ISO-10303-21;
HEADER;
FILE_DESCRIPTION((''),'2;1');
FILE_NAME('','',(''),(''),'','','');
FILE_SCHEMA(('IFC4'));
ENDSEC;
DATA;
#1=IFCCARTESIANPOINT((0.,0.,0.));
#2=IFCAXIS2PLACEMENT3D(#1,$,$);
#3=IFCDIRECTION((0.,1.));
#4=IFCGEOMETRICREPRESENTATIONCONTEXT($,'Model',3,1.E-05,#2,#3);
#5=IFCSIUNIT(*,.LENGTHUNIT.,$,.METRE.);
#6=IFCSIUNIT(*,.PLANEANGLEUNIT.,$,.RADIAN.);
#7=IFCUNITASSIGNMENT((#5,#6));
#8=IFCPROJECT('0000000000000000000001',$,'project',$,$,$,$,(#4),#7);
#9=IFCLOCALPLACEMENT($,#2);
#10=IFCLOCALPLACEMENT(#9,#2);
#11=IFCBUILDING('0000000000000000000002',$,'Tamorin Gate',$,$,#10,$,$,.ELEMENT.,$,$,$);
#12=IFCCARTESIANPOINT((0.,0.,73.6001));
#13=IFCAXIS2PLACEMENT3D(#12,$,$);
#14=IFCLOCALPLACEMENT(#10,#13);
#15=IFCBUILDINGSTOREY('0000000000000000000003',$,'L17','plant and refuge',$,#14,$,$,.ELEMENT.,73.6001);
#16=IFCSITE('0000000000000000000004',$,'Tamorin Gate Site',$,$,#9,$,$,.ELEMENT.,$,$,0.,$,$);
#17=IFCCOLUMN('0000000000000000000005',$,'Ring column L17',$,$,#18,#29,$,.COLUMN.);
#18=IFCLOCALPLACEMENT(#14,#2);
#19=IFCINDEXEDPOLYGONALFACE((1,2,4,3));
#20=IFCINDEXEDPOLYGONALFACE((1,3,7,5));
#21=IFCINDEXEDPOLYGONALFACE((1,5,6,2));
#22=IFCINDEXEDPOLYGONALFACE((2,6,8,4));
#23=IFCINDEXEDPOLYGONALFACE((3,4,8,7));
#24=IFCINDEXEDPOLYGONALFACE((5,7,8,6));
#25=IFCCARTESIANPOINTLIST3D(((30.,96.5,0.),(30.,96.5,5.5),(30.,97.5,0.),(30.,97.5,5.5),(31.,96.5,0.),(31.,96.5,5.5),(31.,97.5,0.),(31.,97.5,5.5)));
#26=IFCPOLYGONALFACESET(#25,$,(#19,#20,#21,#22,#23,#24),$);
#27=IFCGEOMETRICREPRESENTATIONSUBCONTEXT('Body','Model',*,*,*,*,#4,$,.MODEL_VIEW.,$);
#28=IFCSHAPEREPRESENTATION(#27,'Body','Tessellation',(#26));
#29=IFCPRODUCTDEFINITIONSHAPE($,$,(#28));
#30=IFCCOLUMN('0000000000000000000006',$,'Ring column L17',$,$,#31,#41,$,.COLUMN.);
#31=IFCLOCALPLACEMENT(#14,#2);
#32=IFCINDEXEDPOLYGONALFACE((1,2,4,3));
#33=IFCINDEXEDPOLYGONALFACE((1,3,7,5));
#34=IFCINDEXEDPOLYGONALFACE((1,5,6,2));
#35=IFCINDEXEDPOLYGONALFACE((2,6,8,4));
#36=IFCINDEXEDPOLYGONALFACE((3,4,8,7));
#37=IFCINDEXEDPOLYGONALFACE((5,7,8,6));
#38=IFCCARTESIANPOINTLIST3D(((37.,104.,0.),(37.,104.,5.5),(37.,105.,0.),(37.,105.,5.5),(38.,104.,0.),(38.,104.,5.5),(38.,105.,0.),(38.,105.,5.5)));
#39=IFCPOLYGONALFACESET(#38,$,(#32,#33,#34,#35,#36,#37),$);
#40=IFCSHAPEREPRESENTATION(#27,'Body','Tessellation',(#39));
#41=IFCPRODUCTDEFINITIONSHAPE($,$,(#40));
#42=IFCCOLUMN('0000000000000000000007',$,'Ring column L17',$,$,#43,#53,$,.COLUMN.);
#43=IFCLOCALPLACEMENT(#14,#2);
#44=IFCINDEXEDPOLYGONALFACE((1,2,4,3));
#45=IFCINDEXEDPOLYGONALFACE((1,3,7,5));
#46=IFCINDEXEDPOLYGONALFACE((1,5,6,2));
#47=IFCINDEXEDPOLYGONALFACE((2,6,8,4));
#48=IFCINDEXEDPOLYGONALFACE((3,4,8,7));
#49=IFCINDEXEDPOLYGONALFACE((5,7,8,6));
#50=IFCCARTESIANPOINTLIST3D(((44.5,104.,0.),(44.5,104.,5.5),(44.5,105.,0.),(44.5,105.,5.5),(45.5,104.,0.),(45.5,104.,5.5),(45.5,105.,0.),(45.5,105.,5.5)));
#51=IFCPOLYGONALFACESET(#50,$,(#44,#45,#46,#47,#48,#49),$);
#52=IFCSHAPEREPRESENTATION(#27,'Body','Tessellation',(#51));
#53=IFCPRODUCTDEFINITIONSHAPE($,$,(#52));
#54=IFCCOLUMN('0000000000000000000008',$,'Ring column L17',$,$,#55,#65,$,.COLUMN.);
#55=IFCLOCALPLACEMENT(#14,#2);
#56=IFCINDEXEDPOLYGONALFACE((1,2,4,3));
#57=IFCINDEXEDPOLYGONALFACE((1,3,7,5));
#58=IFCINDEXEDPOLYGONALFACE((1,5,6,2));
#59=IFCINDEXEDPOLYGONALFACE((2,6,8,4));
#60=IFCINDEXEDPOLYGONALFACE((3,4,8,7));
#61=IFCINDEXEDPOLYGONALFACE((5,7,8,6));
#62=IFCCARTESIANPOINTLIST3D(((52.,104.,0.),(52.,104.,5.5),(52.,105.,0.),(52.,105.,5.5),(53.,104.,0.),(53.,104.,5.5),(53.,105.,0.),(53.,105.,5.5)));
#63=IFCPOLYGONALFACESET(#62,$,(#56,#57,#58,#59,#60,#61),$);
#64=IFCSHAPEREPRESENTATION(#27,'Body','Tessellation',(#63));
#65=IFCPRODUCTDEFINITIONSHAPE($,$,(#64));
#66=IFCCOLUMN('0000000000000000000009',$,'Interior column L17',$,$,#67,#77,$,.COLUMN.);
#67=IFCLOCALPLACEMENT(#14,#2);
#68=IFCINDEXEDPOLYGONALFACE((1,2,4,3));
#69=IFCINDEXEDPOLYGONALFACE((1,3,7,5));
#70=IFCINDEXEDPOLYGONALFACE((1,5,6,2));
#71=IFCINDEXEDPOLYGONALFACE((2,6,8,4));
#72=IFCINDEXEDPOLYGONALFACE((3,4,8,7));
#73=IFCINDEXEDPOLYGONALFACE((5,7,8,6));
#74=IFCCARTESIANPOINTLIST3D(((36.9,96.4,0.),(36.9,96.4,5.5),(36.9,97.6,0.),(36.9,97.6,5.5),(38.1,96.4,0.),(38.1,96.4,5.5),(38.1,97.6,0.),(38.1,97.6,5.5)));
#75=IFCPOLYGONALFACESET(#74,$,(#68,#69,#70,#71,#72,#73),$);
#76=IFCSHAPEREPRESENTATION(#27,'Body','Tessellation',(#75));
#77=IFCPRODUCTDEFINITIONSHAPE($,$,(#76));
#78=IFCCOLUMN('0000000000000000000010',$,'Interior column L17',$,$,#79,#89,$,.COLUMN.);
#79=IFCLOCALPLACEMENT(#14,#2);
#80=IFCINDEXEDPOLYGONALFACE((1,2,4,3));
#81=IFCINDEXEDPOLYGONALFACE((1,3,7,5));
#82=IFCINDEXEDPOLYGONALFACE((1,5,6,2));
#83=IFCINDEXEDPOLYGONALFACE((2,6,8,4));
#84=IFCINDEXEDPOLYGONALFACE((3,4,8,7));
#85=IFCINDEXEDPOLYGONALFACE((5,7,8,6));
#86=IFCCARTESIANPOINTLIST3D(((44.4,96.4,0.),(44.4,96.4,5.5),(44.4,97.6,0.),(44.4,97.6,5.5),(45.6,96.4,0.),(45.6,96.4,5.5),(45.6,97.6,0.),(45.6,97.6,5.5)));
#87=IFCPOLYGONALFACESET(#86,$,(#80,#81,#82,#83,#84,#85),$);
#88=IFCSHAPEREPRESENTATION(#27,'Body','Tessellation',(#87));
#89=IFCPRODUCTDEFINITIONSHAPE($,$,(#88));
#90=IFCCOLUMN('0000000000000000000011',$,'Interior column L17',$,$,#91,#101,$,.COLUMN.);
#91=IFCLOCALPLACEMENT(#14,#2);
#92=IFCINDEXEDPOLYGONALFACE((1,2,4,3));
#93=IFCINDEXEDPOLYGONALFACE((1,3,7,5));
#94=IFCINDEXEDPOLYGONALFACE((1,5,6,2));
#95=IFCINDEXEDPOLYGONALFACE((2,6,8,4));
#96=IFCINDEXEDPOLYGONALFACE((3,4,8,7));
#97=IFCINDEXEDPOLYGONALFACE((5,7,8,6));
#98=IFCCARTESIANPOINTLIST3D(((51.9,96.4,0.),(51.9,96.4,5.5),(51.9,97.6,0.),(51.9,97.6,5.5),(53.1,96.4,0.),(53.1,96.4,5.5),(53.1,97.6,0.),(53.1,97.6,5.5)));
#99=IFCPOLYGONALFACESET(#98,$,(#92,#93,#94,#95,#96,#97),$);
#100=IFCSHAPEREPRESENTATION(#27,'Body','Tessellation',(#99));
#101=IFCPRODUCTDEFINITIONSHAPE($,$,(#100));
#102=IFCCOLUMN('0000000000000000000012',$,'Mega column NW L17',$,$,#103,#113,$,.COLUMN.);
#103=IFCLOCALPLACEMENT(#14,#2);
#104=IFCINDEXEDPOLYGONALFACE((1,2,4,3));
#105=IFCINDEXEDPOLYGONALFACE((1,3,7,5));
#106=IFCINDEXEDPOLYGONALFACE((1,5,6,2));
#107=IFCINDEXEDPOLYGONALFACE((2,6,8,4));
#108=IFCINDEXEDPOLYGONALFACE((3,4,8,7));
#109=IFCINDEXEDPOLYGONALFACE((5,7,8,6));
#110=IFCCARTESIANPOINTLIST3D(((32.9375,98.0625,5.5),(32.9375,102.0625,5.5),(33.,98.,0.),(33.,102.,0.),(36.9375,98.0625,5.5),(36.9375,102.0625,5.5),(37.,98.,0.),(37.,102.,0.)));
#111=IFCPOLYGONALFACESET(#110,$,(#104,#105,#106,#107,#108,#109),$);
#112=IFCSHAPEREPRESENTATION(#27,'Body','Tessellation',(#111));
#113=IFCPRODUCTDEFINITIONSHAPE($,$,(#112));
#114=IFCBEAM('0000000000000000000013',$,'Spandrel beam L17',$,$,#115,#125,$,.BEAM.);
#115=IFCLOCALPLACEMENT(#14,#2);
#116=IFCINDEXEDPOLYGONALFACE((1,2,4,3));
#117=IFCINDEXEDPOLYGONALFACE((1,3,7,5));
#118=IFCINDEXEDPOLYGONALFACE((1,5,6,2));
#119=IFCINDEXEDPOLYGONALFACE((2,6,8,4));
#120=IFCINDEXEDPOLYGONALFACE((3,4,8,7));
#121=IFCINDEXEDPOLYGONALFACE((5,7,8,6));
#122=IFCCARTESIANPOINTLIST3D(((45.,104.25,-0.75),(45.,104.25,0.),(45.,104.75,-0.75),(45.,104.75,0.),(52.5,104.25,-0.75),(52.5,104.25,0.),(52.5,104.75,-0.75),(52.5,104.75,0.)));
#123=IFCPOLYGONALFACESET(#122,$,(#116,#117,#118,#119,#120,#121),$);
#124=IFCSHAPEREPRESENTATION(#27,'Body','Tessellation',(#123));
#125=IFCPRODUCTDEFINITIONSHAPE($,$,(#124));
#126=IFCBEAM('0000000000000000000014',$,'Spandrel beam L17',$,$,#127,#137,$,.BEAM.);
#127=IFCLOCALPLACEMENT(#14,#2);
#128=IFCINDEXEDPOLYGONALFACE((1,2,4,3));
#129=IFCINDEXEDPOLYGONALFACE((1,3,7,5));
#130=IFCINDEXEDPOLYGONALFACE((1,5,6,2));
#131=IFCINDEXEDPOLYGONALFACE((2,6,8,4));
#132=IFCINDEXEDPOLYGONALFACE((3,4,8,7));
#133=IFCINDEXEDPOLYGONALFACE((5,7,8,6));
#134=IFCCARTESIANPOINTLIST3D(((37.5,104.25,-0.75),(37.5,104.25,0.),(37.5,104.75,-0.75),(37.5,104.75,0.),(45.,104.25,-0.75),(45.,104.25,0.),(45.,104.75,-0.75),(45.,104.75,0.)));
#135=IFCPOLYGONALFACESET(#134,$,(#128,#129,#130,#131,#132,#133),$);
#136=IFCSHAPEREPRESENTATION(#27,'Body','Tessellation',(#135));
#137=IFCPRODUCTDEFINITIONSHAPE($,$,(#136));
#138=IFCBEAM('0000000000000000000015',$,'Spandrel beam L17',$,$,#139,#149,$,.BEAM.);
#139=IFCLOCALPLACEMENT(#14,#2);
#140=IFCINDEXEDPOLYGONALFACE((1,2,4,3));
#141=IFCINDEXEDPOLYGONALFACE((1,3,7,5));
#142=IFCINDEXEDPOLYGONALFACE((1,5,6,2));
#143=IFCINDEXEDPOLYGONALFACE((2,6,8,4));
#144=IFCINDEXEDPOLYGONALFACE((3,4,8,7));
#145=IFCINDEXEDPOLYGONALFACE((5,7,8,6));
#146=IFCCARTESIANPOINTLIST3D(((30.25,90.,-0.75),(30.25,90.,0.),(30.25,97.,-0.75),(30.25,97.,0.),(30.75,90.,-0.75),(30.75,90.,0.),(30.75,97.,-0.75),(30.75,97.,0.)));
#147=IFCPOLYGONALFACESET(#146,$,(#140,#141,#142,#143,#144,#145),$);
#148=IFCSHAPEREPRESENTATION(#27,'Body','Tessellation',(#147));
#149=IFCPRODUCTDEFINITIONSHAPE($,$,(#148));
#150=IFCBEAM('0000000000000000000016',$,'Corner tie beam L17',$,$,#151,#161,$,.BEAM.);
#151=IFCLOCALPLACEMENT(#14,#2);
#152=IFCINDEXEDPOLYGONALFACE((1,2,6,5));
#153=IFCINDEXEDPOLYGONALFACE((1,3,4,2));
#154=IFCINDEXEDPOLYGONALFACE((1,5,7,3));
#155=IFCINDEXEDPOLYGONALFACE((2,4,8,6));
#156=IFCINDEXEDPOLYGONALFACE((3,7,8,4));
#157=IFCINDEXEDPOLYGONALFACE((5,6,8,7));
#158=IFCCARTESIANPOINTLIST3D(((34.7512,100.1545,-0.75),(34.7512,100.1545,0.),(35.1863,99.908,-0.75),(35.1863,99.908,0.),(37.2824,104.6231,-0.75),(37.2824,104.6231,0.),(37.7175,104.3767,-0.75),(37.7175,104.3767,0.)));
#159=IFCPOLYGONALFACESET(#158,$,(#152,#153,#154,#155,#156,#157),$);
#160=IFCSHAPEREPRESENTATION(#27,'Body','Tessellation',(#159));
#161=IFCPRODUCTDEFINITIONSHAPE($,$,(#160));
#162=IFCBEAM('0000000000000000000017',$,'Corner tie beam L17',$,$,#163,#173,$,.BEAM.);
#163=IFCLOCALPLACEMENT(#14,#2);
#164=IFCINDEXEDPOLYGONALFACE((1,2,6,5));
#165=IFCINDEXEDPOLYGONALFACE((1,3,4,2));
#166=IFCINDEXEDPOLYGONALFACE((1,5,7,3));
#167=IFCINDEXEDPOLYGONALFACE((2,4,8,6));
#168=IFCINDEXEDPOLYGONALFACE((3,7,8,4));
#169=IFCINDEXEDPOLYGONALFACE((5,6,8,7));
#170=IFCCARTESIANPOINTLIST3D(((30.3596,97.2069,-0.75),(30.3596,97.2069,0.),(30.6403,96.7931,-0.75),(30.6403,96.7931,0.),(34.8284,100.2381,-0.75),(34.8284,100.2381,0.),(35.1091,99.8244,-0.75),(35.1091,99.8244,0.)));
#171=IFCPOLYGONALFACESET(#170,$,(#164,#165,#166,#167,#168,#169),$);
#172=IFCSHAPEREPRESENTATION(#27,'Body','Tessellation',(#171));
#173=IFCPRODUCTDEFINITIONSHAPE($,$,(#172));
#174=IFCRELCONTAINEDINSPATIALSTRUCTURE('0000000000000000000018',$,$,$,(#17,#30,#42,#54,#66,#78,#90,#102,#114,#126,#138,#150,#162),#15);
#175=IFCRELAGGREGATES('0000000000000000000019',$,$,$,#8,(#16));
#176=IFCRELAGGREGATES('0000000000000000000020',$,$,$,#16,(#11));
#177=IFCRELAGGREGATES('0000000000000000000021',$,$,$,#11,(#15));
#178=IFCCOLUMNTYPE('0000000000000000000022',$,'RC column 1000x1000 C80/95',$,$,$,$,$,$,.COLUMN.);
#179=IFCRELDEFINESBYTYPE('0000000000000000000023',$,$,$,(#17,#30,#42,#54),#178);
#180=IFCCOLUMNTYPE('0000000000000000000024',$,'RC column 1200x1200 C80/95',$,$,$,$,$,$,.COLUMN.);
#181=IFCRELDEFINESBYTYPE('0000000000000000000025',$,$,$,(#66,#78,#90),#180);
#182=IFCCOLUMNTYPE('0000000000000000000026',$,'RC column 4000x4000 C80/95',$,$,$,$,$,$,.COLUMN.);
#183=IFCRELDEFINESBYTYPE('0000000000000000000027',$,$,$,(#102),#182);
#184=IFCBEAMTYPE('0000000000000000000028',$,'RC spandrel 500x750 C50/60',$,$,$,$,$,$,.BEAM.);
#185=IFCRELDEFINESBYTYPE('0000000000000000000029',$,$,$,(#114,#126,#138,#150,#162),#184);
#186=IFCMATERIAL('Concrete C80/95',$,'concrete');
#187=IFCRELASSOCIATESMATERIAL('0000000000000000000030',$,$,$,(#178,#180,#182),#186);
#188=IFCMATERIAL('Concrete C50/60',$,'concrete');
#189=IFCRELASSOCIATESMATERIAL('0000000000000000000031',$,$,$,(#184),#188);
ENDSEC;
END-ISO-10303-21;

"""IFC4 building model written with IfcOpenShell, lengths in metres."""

from ifc_helpers import new_model, si_unit, direction, frame, origin, origin_2d, place, context, subcontext, project, spatial, rectangle, extrude, material, material_profile, profile_set, type_object, element, save


model = new_model("IFC4")

# Units and contexts
model_context = context("Model", 3, precision=1e-05, world=origin(), true_north=direction((0.0, 1.0)))
body_context = subcontext(model_context, "Body", "Model", "MODEL_VIEW")
ifc_project = project(units=[si_unit("LENGTHUNIT", "METRE"), si_unit("PLANEANGLEUNIT", "RADIAN")], contexts=[model_context])

# Site, building, storey
site_placement = place(None, origin())
site = spatial("IfcSite", under=ifc_project, at=site_placement, Name="Tamorin Gate Site", CompositionType="ELEMENT", RefElevation=0.0)
building_placement = place(site_placement, origin())
building = spatial("IfcBuilding", under=site, at=building_placement, Name="Tamorin Gate", CompositionType="ELEMENT")
storey_placement = place(building_placement, frame((0.0, 0.0, 73.6001)))
storey = spatial("IfcBuildingStorey", under=building, at=storey_placement, Name="L17", Description="plant and refuge", CompositionType="ELEMENT", Elevation=73.6001)

# Columns
ifc_material_1 = material(Name="Concrete C80/95", Category="concrete")
ifc_material_profile_1 = material_profile(ifc_material_1, rectangle(XDim=1.0, YDim=1.0, at=origin_2d()), Name="RC 1000x1000")
ifc_profile_set_1 = profile_set([ifc_material_profile_1], Name="Concrete C80/95")
column_type_1 = type_object("IfcColumnType", Name="RC column 1000x1000 C80/95", PredefinedType="COLUMN", material=ifc_profile_set_1)
for number, where, z_axis, x_axis, name in (
    (1, (30.5, 97.0, 0.0), (0.0, 0.0, 1.0), (1.0, 0.0, 0.0), "Ring column L17"),
    (2, (37.5, 104.5, 0.0), (0.0, 0.0, 1.0), (1.0, 0.0, 0.0), "Ring column L17"),
    (3, (45.0, 104.5, 0.0), (0.0, 0.0, 1.0), (1.0, 0.0, 0.0), "Ring column L17"),
    (4, (52.5, 104.5, 0.0), (0.0, 0.0, 1.0), (1.0, 0.0, 0.0), "Ring column L17"),
):
    element("IfcColumn", number, at=place(storey_placement, frame(where, z_axis=z_axis, x_axis=x_axis)), inside=storey, type_object=column_type_1, Name=name, PredefinedType="COLUMN", context=body_context, shape_type="SweptSolid", body=[
        extrude(rectangle(XDim=1.0, YDim=1.0, at=origin_2d()), origin(), (0.0, 0.0, 1.0), 5.5),
    ])
ifc_material_profile_2 = material_profile(ifc_material_1, rectangle(XDim=1.2, YDim=1.2, at=origin_2d()), Name="RC 1200x1200")
ifc_profile_set_2 = profile_set([ifc_material_profile_2], Name="Concrete C80/95")
column_type_2 = type_object("IfcColumnType", Name="RC column 1200x1200 C80/95", PredefinedType="COLUMN", material=ifc_profile_set_2)
for number, where, z_axis, x_axis, name in (
    (5, (37.5, 97.0, 0.0), (0.0, 0.0, 1.0), (1.0, 0.0, 0.0), "Interior column L17"),
    (6, (45.0, 97.0, 0.0), (0.0, 0.0, 1.0), (1.0, 0.0, 0.0), "Interior column L17"),
    (7, (52.5, 97.0, 0.0), (0.0, 0.0, 1.0), (1.0, 0.0, 0.0), "Interior column L17"),
):
    element("IfcColumn", number, at=place(storey_placement, frame(where, z_axis=z_axis, x_axis=x_axis)), inside=storey, type_object=column_type_2, Name=name, PredefinedType="COLUMN", context=body_context, shape_type="SweptSolid", body=[
        extrude(rectangle(XDim=1.2, YDim=1.2, at=origin_2d()), origin(), (0.0, 0.0, 1.0), 5.5),
    ])
ifc_material_profile_3 = material_profile(ifc_material_1, rectangle(XDim=4.0, YDim=4.0, at=origin_2d()), Name="RC 4000x4000")
ifc_profile_set_3 = profile_set([ifc_material_profile_3], Name="Concrete C80/95")
column_type_3 = type_object("IfcColumnType", Name="RC column 4000x4000 C80/95", PredefinedType="COLUMN", material=ifc_profile_set_3)
column_placement = place(storey_placement, frame((35.0, 100.0, 0.0), z_axis=(0.0, 0.0, 1.0), x_axis=(0.0, 1.0, 0.0)))
element("IfcColumn", 8, at=column_placement, inside=storey, type_object=column_type_3, Name="Mega column NW L17", PredefinedType="COLUMN", context=body_context, shape_type="SweptSolid", body=[
    extrude(rectangle(XDim=4.0, YDim=4.0, at=origin_2d()), origin(), (0.011362, 0.011362, 0.999871), 5.5007),
])

# Beams
ifc_material_2 = material(Name="Concrete C50/60", Category="concrete")
ifc_material_profile_4 = material_profile(ifc_material_2, rectangle(XDim=0.5, YDim=0.75, at=origin_2d()), Name="RC 500x750")
ifc_profile_set_4 = profile_set([ifc_material_profile_4], Name="Concrete C50/60")
beam_type = type_object("IfcBeamType", Name="RC spandrel 500x750 C50/60", PredefinedType="BEAM", material=ifc_profile_set_4)
for number, where, z_axis, x_axis, name in (
    (9, (52.5, 104.5, -0.375), (-1.0, 0.0, 0.0), (0.0, -1.0, 0.0), "Spandrel beam L17"),
    (10, (45.0, 104.5, -0.375), (-1.0, 0.0, 0.0), (0.0, -1.0, 0.0), "Spandrel beam L17"),
):
    element("IfcBeam", number, at=place(storey_placement, frame(where, z_axis=z_axis, x_axis=x_axis)), inside=storey, type_object=beam_type, Name=name, PredefinedType="BEAM", context=body_context, shape_type="SweptSolid", body=[
        extrude(rectangle(XDim=0.5, YDim=0.75, at=origin_2d()), origin(), (0.0, 0.0, 1.0), 7.5),
    ])
beam_1_placement = place(storey_placement, frame((30.5, 97.0, -0.375), z_axis=(0.0, -1.0, 0.0), x_axis=(1.0, 0.0, 0.0)))
element("IfcBeam", 11, at=beam_1_placement, inside=storey, type_object=beam_type, Name="Spandrel beam L17", PredefinedType="BEAM", context=body_context, shape_type="SweptSolid", body=[
    extrude(rectangle(XDim=0.5, YDim=0.75, at=origin_2d()), origin(), (0.0, 0.0, 1.0), 7.0),
])
beam_2_placement = place(storey_placement, frame((34.9688, 100.0312, -0.375), z_axis=(0.492859, 0.870109, 0.0), x_axis=(-0.870109, 0.492859, 0.0)))
element("IfcBeam", 12, at=beam_2_placement, inside=storey, type_object=beam_type, Name="Corner tie beam L17", PredefinedType="BEAM", context=body_context, shape_type="SweptSolid", body=[
    extrude(rectangle(XDim=0.5, YDim=0.75, at=origin_2d()), origin(), (0.0, 0.0, 1.0), 5.1357),
])
beam_3_placement = place(storey_placement, frame((34.9688, 100.0312, -0.375), z_axis=(-0.827572, -0.56136, 0.0), x_axis=(0.56136, -0.827572, 0.0)))
element("IfcBeam", 13, at=beam_3_placement, inside=storey, type_object=beam_type, Name="Corner tie beam L17", PredefinedType="BEAM", context=body_context, shape_type="SweptSolid", body=[
    extrude(rectangle(XDim=0.5, YDim=0.75, at=origin_2d()), origin(), (0.0, 0.0, 1.0), 5.3999),
])

save(model, "model.ifc")
